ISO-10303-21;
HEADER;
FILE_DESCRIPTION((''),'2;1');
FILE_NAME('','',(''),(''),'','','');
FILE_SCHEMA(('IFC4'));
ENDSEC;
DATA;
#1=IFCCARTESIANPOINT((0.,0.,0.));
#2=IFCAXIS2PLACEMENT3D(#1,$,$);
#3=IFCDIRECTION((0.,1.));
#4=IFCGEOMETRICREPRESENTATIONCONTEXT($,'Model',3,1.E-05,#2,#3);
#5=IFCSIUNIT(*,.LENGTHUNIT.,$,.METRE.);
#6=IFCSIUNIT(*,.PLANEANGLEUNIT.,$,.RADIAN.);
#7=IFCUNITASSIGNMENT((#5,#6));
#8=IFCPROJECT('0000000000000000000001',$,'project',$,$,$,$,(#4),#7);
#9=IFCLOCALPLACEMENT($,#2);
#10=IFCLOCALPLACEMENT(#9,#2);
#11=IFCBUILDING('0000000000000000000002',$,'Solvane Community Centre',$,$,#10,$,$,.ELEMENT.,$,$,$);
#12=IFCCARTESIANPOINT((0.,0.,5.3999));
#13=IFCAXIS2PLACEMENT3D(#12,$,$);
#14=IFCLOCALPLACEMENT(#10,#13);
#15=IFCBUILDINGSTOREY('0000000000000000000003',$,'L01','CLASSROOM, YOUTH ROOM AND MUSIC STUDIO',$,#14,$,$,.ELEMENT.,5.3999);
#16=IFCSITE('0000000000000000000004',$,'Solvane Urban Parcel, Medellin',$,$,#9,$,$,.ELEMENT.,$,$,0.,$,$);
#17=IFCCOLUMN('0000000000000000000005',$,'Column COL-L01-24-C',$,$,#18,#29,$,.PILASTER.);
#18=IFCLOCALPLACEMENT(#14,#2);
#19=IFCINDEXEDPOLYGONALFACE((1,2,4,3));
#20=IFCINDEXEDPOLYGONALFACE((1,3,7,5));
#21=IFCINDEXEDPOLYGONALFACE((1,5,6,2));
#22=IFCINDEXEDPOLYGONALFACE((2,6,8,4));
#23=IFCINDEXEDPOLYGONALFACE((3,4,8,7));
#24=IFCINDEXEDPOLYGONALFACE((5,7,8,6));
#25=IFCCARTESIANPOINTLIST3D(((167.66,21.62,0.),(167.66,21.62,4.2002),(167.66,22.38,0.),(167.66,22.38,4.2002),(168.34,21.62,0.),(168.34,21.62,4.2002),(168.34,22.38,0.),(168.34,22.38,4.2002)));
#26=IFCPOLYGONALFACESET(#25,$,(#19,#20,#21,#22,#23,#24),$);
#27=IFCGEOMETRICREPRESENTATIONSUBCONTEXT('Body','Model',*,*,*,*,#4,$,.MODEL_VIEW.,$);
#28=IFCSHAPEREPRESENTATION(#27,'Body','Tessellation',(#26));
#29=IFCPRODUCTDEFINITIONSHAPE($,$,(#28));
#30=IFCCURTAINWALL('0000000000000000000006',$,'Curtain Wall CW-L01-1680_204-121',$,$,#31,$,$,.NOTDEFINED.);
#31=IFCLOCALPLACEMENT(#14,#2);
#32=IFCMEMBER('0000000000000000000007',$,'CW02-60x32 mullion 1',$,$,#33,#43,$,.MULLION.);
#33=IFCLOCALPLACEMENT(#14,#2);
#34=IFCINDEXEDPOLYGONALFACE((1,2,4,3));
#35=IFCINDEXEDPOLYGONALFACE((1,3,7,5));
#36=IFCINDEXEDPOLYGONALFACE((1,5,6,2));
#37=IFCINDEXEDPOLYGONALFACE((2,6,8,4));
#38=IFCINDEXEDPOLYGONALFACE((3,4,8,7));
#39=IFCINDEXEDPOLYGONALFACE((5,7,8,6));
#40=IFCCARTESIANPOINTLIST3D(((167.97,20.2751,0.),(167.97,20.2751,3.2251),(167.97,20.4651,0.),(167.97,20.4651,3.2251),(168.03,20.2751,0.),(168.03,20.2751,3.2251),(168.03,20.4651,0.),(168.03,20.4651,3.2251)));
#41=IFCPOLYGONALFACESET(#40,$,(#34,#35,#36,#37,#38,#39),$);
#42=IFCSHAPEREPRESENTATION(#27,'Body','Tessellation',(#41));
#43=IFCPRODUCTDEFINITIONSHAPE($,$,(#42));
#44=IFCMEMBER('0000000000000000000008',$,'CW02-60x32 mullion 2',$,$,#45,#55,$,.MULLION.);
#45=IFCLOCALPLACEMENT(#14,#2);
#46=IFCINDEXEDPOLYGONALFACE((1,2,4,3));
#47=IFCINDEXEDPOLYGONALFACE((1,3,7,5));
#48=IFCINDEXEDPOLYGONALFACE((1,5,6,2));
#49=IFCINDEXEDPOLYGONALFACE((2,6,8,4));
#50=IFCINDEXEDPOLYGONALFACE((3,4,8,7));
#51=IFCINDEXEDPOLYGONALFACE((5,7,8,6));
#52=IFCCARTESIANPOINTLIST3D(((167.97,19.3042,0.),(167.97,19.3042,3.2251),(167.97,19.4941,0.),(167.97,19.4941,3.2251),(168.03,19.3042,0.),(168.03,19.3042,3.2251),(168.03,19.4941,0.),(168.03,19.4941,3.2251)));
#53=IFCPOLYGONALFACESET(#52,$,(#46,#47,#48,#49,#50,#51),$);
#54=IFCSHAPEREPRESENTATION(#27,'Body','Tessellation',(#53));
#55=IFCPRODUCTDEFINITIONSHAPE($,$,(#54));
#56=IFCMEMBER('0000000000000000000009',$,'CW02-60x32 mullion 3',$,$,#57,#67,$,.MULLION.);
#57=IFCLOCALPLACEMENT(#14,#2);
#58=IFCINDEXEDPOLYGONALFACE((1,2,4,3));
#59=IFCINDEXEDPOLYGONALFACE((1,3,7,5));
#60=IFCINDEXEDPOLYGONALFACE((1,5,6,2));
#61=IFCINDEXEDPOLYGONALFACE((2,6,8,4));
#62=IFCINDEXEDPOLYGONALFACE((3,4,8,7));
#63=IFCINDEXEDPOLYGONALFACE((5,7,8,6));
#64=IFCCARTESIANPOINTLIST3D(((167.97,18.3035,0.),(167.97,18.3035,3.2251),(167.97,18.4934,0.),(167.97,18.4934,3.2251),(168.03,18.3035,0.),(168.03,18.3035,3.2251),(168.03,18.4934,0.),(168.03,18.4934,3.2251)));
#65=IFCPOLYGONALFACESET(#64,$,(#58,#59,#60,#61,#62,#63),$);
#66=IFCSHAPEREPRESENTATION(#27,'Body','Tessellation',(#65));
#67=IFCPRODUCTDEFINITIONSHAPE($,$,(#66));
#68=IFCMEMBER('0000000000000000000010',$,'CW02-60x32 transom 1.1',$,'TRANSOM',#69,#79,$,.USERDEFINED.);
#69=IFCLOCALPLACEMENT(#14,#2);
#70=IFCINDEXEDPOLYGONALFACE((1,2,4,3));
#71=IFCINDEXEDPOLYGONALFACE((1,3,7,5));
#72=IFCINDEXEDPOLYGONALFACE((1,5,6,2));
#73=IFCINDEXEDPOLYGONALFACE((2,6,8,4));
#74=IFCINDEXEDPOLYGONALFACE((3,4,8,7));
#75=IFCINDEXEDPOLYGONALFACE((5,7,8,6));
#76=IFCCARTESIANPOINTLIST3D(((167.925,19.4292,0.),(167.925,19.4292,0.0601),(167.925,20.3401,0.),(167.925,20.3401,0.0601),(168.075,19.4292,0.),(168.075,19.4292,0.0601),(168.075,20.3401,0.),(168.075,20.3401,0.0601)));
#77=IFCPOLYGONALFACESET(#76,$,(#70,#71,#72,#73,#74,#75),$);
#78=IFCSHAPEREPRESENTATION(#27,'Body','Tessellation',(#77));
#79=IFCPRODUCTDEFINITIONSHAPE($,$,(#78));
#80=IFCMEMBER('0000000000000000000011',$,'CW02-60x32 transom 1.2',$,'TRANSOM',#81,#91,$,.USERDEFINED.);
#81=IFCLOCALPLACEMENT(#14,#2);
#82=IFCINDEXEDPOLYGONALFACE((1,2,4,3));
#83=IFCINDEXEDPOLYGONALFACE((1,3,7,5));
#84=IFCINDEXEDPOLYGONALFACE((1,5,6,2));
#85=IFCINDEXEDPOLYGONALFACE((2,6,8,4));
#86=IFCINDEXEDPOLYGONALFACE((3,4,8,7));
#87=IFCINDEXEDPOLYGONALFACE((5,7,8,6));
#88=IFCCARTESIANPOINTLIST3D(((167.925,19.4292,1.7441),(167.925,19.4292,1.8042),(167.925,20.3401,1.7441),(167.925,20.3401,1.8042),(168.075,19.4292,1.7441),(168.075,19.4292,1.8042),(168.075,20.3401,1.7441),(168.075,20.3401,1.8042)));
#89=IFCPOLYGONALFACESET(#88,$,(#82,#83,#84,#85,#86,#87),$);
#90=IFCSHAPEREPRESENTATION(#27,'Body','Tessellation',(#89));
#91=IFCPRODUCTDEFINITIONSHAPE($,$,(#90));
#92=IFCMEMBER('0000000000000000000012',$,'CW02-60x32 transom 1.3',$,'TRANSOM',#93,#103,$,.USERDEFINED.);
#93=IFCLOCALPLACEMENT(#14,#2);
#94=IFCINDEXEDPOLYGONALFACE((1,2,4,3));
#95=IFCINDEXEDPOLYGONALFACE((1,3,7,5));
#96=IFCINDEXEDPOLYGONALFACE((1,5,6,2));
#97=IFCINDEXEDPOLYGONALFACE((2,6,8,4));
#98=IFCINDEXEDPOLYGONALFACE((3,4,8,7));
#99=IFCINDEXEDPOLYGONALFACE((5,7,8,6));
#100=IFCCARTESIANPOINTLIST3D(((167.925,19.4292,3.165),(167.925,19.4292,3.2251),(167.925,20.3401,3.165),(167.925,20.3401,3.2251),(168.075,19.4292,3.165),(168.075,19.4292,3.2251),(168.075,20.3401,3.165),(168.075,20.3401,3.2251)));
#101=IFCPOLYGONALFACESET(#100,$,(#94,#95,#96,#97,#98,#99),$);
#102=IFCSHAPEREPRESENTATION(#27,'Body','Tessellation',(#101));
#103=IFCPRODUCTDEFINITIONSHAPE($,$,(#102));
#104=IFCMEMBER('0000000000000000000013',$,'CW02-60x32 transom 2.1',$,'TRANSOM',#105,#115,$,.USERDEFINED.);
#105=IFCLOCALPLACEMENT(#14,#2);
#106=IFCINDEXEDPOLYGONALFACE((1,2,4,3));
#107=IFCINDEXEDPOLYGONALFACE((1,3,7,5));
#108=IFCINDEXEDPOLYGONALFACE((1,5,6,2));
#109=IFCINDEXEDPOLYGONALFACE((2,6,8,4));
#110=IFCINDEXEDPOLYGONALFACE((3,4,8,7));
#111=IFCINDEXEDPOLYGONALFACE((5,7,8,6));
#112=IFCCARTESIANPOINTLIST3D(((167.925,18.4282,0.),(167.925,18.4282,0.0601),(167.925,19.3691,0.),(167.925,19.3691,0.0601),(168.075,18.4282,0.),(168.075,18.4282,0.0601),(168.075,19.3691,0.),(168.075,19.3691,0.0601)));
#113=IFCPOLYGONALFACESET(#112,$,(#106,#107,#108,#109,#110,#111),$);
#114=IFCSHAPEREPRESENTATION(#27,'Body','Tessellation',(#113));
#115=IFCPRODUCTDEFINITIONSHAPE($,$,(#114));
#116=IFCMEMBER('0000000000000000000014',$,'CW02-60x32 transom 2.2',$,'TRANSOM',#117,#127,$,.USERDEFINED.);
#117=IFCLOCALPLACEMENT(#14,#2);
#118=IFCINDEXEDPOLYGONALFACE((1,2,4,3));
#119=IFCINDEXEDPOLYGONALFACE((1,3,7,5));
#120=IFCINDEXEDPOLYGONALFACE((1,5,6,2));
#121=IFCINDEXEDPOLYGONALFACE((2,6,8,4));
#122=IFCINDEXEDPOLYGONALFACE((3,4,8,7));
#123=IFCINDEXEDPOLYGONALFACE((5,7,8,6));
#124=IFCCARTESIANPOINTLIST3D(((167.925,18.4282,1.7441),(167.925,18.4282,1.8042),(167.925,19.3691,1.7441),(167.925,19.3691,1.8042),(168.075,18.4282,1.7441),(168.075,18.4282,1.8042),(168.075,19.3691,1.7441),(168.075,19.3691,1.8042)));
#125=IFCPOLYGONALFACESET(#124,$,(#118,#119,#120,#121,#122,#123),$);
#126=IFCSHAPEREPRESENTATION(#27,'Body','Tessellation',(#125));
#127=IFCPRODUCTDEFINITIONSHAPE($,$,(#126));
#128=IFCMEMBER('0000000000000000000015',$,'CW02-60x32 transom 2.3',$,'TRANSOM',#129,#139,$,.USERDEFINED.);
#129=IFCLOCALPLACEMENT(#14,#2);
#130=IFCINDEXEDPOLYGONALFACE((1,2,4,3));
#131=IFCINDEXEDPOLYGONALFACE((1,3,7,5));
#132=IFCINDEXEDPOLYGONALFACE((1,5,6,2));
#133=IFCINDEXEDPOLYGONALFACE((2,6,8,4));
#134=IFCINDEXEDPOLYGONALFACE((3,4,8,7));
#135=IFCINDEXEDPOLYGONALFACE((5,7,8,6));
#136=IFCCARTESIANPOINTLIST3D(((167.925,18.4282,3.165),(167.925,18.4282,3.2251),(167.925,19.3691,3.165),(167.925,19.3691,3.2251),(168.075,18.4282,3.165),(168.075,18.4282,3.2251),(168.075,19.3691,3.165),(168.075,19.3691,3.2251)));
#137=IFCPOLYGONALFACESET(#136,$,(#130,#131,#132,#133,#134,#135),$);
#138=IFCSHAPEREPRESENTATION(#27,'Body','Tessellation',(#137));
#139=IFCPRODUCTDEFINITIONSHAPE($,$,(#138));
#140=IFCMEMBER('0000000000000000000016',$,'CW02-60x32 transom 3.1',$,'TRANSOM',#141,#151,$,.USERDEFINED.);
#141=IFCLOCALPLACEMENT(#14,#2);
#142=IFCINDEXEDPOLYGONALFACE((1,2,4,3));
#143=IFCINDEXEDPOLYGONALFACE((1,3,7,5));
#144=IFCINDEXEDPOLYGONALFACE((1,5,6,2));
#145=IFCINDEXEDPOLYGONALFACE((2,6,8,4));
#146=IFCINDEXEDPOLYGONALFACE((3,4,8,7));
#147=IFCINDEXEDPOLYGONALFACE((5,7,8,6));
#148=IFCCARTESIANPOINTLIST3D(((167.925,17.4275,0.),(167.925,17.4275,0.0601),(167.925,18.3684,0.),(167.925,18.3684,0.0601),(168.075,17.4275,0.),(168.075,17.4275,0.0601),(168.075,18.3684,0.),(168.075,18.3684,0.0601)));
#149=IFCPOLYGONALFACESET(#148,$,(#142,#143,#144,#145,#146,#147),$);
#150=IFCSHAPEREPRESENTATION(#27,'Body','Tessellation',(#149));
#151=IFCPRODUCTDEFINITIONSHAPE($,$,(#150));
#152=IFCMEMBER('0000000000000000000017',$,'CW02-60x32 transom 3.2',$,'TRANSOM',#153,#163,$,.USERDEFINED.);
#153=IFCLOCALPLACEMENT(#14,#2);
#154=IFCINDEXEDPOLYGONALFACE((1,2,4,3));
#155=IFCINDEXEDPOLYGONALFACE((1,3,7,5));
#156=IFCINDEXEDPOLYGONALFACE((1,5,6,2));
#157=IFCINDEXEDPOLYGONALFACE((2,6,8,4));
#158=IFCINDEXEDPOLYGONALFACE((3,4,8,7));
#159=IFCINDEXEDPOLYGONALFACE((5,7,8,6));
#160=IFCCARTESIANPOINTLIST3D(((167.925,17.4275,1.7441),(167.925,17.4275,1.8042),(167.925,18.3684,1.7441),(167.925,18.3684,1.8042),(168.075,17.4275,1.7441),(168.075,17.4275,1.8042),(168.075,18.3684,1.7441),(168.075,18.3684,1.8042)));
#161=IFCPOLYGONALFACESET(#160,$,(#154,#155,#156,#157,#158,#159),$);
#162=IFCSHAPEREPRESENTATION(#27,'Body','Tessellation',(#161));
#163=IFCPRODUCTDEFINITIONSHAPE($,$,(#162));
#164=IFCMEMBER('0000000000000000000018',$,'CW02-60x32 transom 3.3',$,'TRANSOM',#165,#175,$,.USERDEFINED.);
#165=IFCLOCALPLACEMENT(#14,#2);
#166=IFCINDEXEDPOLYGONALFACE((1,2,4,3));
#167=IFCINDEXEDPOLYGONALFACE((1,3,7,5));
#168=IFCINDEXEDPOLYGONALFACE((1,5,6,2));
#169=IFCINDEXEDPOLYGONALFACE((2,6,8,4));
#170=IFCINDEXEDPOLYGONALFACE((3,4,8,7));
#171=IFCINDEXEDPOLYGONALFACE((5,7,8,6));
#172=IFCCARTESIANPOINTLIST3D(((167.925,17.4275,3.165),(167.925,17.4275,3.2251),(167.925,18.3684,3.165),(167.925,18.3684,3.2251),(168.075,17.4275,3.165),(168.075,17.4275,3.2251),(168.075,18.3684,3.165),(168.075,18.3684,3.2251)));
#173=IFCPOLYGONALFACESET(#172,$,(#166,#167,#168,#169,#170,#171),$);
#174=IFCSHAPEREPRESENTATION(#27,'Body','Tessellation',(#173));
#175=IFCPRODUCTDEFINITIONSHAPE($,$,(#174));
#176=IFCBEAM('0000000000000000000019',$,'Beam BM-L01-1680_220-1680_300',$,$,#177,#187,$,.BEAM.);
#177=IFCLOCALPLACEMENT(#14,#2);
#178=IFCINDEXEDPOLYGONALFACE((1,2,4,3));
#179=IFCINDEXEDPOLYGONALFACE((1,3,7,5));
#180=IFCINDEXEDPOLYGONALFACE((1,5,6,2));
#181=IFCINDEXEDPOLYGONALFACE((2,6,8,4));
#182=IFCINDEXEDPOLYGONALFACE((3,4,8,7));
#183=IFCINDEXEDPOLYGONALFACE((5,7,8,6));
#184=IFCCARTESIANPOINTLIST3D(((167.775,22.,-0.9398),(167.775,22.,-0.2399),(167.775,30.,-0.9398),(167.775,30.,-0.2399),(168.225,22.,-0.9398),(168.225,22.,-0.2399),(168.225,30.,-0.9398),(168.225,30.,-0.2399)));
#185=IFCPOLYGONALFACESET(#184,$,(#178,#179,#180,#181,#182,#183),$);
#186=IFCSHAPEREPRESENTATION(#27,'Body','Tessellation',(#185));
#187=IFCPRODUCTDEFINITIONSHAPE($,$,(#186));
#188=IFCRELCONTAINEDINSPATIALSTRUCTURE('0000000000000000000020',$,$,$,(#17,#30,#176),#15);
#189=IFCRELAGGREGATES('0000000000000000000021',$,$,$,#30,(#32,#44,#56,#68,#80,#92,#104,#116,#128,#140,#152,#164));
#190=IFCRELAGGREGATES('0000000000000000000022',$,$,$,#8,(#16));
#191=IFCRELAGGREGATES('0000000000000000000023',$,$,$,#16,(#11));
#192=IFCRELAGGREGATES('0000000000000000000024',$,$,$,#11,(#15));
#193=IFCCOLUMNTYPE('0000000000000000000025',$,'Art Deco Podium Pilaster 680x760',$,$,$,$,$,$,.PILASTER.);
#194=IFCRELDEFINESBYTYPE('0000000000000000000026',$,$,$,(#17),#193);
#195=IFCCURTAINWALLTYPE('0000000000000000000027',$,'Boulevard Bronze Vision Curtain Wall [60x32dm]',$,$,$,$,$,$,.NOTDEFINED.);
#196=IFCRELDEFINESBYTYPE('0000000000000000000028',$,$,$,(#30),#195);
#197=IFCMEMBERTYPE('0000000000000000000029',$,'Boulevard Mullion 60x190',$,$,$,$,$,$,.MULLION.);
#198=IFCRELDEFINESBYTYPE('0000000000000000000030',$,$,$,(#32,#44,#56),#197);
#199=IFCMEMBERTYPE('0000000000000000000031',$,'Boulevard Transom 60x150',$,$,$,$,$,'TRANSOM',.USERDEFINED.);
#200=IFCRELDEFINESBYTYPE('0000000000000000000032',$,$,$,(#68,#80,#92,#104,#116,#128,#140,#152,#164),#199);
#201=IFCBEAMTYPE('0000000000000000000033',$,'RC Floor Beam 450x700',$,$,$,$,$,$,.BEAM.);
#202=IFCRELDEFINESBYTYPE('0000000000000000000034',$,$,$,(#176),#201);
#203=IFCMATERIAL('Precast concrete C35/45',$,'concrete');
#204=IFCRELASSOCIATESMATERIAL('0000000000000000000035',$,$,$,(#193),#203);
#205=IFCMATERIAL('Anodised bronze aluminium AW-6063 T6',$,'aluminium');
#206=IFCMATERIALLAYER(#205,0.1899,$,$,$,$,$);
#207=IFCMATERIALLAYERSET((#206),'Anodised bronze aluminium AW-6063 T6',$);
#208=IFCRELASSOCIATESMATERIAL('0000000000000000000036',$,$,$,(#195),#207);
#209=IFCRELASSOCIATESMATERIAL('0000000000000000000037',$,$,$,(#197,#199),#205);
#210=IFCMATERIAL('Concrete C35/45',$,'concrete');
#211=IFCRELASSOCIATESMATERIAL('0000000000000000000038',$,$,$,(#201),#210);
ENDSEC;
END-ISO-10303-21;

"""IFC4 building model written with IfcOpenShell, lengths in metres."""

from ifc_helpers import new_model, si_unit, direction, frame, origin, origin_2d, place, context, subcontext, project, spatial, rectangle, extrude, material, layer, layer_set, material_profile, profile_set, type_object, element, aggregate, save


model = new_model("IFC4")

# Units and contexts
model_context = context("Model", 3, precision=1e-05, world=origin(), true_north=direction((0.0, 1.0)))
body_context = subcontext(model_context, "Body", "Model", "MODEL_VIEW")
ifc_project = project(units=[si_unit("LENGTHUNIT", "METRE"), si_unit("PLANEANGLEUNIT", "RADIAN")], contexts=[model_context])

# Site, building, storey
site_placement = place(None, origin())
site = spatial("IfcSite", under=ifc_project, at=site_placement, Name="Solvane Urban Parcel, Medellin", CompositionType="ELEMENT", RefElevation=0.0)
building_placement = place(site_placement, origin())
building = spatial("IfcBuilding", under=site, at=building_placement, Name="Solvane Community Centre", CompositionType="ELEMENT")
storey_placement = place(building_placement, frame((0.0, 0.0, 5.3999)))
storey = spatial("IfcBuildingStorey", under=building, at=storey_placement, Name="L01", Description="CLASSROOM, YOUTH ROOM AND MUSIC STUDIO", CompositionType="ELEMENT", Elevation=5.3999)

# Column
ifc_material_1 = material(Name="Precast concrete C35/45", Category="concrete")
ifc_material_profile_1 = material_profile(ifc_material_1, rectangle(XDim=0.6799, YDim=0.76, at=origin_2d()), Name="RC 680x760")
ifc_profile_set_1 = profile_set([ifc_material_profile_1], Name="Precast concrete C35/45")
column_type = type_object("IfcColumnType", Name="Art Deco Podium Pilaster 680x760", PredefinedType="PILASTER", material=ifc_profile_set_1)
column_placement = place(storey_placement, frame((168.0, 22.0, 0.0), z_axis=(0.0, 0.0, 1.0), x_axis=(1.0, 0.0, 0.0)))
element("IfcColumn", 1, at=column_placement, inside=storey, type_object=column_type, Name="Column COL-L01-24-C", PredefinedType="PILASTER", context=body_context, shape_type="SweptSolid", body=[
    extrude(rectangle(XDim=0.6799, YDim=0.76, at=origin_2d()), origin(), (0.0, 0.0, 1.0), 4.2002),
])

# Curtain wall, members
ifc_material_2 = material(Name="Anodised bronze aluminium AW-6063 T6", Category="aluminium")
ifc_layer_1 = layer(ifc_material_2, 0.1899)
ifc_layer_set_1 = layer_set([ifc_layer_1], Name="Anodised bronze aluminium AW-6063 T6")
curtain_wall_type = type_object("IfcCurtainWallType", Name="Boulevard Bronze Vision Curtain Wall [60x32dm]", PredefinedType="NOTDEFINED", material=ifc_layer_set_1)
curtain_wall_placement = place(storey_placement, origin())
curtain_wall = element("IfcCurtainWall", 2, at=curtain_wall_placement, inside=storey, type_object=curtain_wall_type, Name="Curtain Wall CW-L01-1680_204-121", PredefinedType="NOTDEFINED")
ifc_material_profile_2 = material_profile(ifc_material_2, rectangle(XDim=0.0601, YDim=0.1899, at=origin_2d()), Name="CW-M 60x190")
ifc_profile_set_2 = profile_set([ifc_material_profile_2], Name="Anodised bronze aluminium AW-6063 T6")
member_type_1 = type_object("IfcMemberType", Name="Boulevard Mullion 60x190", PredefinedType="MULLION", material=ifc_profile_set_2)
member_1_placement = place(storey_placement, frame((168.0, 20.3701, 0.0), z_axis=(0.0, 0.0, 1.0), x_axis=(1.0, 0.0, 0.0)))
member_1 = element("IfcMember", 3, at=member_1_placement, type_object=member_type_1, Name="CW02-60x32 mullion 1", PredefinedType="MULLION", context=body_context, shape_type="SweptSolid", body=[
    extrude(rectangle(XDim=0.0601, YDim=0.1899, at=origin_2d()), origin(), (0.0, 0.0, 1.0), 3.2251),
])
member_2_placement = place(storey_placement, frame((168.0, 19.3992, 0.0), z_axis=(0.0, 0.0, 1.0), x_axis=(1.0, 0.0, 0.0)))
member_2 = element("IfcMember", 4, at=member_2_placement, type_object=member_type_1, Name="CW02-60x32 mullion 2", PredefinedType="MULLION", context=body_context, shape_type="SweptSolid", body=[
    extrude(rectangle(XDim=0.0601, YDim=0.1899, at=origin_2d()), origin(), (0.0, 0.0, 1.0), 3.2251),
])
member_3_placement = place(storey_placement, frame((168.0, 18.3984, 0.0), z_axis=(0.0, 0.0, 1.0), x_axis=(1.0, 0.0, 0.0)))
member_3 = element("IfcMember", 5, at=member_3_placement, type_object=member_type_1, Name="CW02-60x32 mullion 3", PredefinedType="MULLION", context=body_context, shape_type="SweptSolid", body=[
    extrude(rectangle(XDim=0.0601, YDim=0.1899, at=origin_2d()), origin(), (0.0, 0.0, 1.0), 3.2251),
])
ifc_material_profile_3 = material_profile(ifc_material_2, rectangle(XDim=0.1499, YDim=0.0601, at=origin_2d()), Name="CW-T 60x150")
ifc_profile_set_3 = profile_set([ifc_material_profile_3], Name="Anodised bronze aluminium AW-6063 T6")
member_type_2 = type_object("IfcMemberType", Name="Boulevard Transom 60x150", ElementType="TRANSOM", PredefinedType="USERDEFINED", material=ifc_profile_set_3)
member_4_placement = place(storey_placement, frame((168.0, 20.3401, 0.03), z_axis=(0.0, -1.0, 0.0), x_axis=(1.0, 0.0, 0.0)))
member_4 = element("IfcMember", 6, at=member_4_placement, type_object=member_type_2, Name="CW02-60x32 transom 1.1", ObjectType="TRANSOM", PredefinedType="USERDEFINED", context=body_context, shape_type="SweptSolid", body=[
    extrude(rectangle(XDim=0.1499, YDim=0.0601, at=origin_2d()), origin(), (0.0, 0.0, 1.0), 0.9109),
])
member_5_placement = place(storey_placement, frame((168.0, 20.3401, 1.7742), z_axis=(0.0, -1.0, 0.0), x_axis=(1.0, 0.0, 0.0)))
member_5 = element("IfcMember", 7, at=member_5_placement, type_object=member_type_2, Name="CW02-60x32 transom 1.2", ObjectType="TRANSOM", PredefinedType="USERDEFINED", context=body_context, shape_type="SweptSolid", body=[
    extrude(rectangle(XDim=0.1499, YDim=0.0601, at=origin_2d()), origin(), (0.0, 0.0, 1.0), 0.9109),
])
member_6_placement = place(storey_placement, frame((168.0, 20.3401, 3.1951), z_axis=(0.0, -1.0, 0.0), x_axis=(1.0, 0.0, 0.0)))
member_6 = element("IfcMember", 8, at=member_6_placement, type_object=member_type_2, Name="CW02-60x32 transom 1.3", ObjectType="TRANSOM", PredefinedType="USERDEFINED", context=body_context, shape_type="SweptSolid", body=[
    extrude(rectangle(XDim=0.1499, YDim=0.0601, at=origin_2d()), origin(), (0.0, 0.0, 1.0), 0.9109),
])
member_7_placement = place(storey_placement, frame((168.0, 19.3691, 0.03), z_axis=(0.0, -1.0, 0.0), x_axis=(1.0, 0.0, 0.0)))
member_7 = element("IfcMember", 9, at=member_7_placement, type_object=member_type_2, Name="CW02-60x32 transom 2.1", ObjectType="TRANSOM", PredefinedType="USERDEFINED", context=body_context, shape_type="SweptSolid", body=[
    extrude(rectangle(XDim=0.1499, YDim=0.0601, at=origin_2d()), origin(), (0.0, 0.0, 1.0), 0.9409),
])
member_8_placement = place(storey_placement, frame((168.0, 19.3691, 1.7742), z_axis=(0.0, -1.0, 0.0), x_axis=(1.0, 0.0, 0.0)))
member_8 = element("IfcMember", 10, at=member_8_placement, type_object=member_type_2, Name="CW02-60x32 transom 2.2", ObjectType="TRANSOM", PredefinedType="USERDEFINED", context=body_context, shape_type="SweptSolid", body=[
    extrude(rectangle(XDim=0.1499, YDim=0.0601, at=origin_2d()), origin(), (0.0, 0.0, 1.0), 0.9409),
])
member_9_placement = place(storey_placement, frame((168.0, 19.3691, 3.1951), z_axis=(0.0, -1.0, 0.0), x_axis=(1.0, 0.0, 0.0)))
member_9 = element("IfcMember", 11, at=member_9_placement, type_object=member_type_2, Name="CW02-60x32 transom 2.3", ObjectType="TRANSOM", PredefinedType="USERDEFINED", context=body_context, shape_type="SweptSolid", body=[
    extrude(rectangle(XDim=0.1499, YDim=0.0601, at=origin_2d()), origin(), (0.0, 0.0, 1.0), 0.9409),
])
member_10_placement = place(storey_placement, frame((168.0, 18.3684, 0.03), z_axis=(0.0, -1.0, 0.0), x_axis=(1.0, 0.0, 0.0)))
member_10 = element("IfcMember", 12, at=member_10_placement, type_object=member_type_2, Name="CW02-60x32 transom 3.1", ObjectType="TRANSOM", PredefinedType="USERDEFINED", context=body_context, shape_type="SweptSolid", body=[
    extrude(rectangle(XDim=0.1499, YDim=0.0601, at=origin_2d()), origin(), (0.0, 0.0, 1.0), 0.9409),
])
member_11_placement = place(storey_placement, frame((168.0, 18.3684, 1.7742), z_axis=(0.0, -1.0, 0.0), x_axis=(1.0, 0.0, 0.0)))
member_11 = element("IfcMember", 13, at=member_11_placement, type_object=member_type_2, Name="CW02-60x32 transom 3.2", ObjectType="TRANSOM", PredefinedType="USERDEFINED", context=body_context, shape_type="SweptSolid", body=[
    extrude(rectangle(XDim=0.1499, YDim=0.0601, at=origin_2d()), origin(), (0.0, 0.0, 1.0), 0.9409),
])
member_12_placement = place(storey_placement, frame((168.0, 18.3684, 3.1951), z_axis=(0.0, -1.0, 0.0), x_axis=(1.0, 0.0, 0.0)))
member_12 = element("IfcMember", 14, at=member_12_placement, type_object=member_type_2, Name="CW02-60x32 transom 3.3", ObjectType="TRANSOM", PredefinedType="USERDEFINED", context=body_context, shape_type="SweptSolid", body=[
    extrude(rectangle(XDim=0.1499, YDim=0.0601, at=origin_2d()), origin(), (0.0, 0.0, 1.0), 0.9409),
])

# Beam
ifc_material_3 = material(Name="Concrete C35/45", Category="concrete")
ifc_material_profile_4 = material_profile(ifc_material_3, rectangle(XDim=0.45, YDim=0.7, at=origin_2d()), Name="RC 450x700")
ifc_profile_set_4 = profile_set([ifc_material_profile_4], Name="Concrete C35/45")
beam_type = type_object("IfcBeamType", Name="RC Floor Beam 450x700", PredefinedType="BEAM", material=ifc_profile_set_4)
beam_placement = place(storey_placement, frame((168.0, 22.0, -0.5898), z_axis=(0.0, 1.0, 0.0), x_axis=(-1.0, 0.0, 0.0)))
element("IfcBeam", 15, at=beam_placement, inside=storey, type_object=beam_type, Name="Beam BM-L01-1680_220-1680_300", PredefinedType="BEAM", context=body_context, shape_type="SweptSolid", body=[
    extrude(rectangle(XDim=0.45, YDim=0.7, at=origin_2d()), origin(), (0.0, 0.0, 1.0), 8.0),
])

aggregate(curtain_wall, [member_1, member_2, member_3, member_4, member_5, member_6, member_7, member_8, member_9, member_10, member_11, member_12])

save(model, "model.ifc")
